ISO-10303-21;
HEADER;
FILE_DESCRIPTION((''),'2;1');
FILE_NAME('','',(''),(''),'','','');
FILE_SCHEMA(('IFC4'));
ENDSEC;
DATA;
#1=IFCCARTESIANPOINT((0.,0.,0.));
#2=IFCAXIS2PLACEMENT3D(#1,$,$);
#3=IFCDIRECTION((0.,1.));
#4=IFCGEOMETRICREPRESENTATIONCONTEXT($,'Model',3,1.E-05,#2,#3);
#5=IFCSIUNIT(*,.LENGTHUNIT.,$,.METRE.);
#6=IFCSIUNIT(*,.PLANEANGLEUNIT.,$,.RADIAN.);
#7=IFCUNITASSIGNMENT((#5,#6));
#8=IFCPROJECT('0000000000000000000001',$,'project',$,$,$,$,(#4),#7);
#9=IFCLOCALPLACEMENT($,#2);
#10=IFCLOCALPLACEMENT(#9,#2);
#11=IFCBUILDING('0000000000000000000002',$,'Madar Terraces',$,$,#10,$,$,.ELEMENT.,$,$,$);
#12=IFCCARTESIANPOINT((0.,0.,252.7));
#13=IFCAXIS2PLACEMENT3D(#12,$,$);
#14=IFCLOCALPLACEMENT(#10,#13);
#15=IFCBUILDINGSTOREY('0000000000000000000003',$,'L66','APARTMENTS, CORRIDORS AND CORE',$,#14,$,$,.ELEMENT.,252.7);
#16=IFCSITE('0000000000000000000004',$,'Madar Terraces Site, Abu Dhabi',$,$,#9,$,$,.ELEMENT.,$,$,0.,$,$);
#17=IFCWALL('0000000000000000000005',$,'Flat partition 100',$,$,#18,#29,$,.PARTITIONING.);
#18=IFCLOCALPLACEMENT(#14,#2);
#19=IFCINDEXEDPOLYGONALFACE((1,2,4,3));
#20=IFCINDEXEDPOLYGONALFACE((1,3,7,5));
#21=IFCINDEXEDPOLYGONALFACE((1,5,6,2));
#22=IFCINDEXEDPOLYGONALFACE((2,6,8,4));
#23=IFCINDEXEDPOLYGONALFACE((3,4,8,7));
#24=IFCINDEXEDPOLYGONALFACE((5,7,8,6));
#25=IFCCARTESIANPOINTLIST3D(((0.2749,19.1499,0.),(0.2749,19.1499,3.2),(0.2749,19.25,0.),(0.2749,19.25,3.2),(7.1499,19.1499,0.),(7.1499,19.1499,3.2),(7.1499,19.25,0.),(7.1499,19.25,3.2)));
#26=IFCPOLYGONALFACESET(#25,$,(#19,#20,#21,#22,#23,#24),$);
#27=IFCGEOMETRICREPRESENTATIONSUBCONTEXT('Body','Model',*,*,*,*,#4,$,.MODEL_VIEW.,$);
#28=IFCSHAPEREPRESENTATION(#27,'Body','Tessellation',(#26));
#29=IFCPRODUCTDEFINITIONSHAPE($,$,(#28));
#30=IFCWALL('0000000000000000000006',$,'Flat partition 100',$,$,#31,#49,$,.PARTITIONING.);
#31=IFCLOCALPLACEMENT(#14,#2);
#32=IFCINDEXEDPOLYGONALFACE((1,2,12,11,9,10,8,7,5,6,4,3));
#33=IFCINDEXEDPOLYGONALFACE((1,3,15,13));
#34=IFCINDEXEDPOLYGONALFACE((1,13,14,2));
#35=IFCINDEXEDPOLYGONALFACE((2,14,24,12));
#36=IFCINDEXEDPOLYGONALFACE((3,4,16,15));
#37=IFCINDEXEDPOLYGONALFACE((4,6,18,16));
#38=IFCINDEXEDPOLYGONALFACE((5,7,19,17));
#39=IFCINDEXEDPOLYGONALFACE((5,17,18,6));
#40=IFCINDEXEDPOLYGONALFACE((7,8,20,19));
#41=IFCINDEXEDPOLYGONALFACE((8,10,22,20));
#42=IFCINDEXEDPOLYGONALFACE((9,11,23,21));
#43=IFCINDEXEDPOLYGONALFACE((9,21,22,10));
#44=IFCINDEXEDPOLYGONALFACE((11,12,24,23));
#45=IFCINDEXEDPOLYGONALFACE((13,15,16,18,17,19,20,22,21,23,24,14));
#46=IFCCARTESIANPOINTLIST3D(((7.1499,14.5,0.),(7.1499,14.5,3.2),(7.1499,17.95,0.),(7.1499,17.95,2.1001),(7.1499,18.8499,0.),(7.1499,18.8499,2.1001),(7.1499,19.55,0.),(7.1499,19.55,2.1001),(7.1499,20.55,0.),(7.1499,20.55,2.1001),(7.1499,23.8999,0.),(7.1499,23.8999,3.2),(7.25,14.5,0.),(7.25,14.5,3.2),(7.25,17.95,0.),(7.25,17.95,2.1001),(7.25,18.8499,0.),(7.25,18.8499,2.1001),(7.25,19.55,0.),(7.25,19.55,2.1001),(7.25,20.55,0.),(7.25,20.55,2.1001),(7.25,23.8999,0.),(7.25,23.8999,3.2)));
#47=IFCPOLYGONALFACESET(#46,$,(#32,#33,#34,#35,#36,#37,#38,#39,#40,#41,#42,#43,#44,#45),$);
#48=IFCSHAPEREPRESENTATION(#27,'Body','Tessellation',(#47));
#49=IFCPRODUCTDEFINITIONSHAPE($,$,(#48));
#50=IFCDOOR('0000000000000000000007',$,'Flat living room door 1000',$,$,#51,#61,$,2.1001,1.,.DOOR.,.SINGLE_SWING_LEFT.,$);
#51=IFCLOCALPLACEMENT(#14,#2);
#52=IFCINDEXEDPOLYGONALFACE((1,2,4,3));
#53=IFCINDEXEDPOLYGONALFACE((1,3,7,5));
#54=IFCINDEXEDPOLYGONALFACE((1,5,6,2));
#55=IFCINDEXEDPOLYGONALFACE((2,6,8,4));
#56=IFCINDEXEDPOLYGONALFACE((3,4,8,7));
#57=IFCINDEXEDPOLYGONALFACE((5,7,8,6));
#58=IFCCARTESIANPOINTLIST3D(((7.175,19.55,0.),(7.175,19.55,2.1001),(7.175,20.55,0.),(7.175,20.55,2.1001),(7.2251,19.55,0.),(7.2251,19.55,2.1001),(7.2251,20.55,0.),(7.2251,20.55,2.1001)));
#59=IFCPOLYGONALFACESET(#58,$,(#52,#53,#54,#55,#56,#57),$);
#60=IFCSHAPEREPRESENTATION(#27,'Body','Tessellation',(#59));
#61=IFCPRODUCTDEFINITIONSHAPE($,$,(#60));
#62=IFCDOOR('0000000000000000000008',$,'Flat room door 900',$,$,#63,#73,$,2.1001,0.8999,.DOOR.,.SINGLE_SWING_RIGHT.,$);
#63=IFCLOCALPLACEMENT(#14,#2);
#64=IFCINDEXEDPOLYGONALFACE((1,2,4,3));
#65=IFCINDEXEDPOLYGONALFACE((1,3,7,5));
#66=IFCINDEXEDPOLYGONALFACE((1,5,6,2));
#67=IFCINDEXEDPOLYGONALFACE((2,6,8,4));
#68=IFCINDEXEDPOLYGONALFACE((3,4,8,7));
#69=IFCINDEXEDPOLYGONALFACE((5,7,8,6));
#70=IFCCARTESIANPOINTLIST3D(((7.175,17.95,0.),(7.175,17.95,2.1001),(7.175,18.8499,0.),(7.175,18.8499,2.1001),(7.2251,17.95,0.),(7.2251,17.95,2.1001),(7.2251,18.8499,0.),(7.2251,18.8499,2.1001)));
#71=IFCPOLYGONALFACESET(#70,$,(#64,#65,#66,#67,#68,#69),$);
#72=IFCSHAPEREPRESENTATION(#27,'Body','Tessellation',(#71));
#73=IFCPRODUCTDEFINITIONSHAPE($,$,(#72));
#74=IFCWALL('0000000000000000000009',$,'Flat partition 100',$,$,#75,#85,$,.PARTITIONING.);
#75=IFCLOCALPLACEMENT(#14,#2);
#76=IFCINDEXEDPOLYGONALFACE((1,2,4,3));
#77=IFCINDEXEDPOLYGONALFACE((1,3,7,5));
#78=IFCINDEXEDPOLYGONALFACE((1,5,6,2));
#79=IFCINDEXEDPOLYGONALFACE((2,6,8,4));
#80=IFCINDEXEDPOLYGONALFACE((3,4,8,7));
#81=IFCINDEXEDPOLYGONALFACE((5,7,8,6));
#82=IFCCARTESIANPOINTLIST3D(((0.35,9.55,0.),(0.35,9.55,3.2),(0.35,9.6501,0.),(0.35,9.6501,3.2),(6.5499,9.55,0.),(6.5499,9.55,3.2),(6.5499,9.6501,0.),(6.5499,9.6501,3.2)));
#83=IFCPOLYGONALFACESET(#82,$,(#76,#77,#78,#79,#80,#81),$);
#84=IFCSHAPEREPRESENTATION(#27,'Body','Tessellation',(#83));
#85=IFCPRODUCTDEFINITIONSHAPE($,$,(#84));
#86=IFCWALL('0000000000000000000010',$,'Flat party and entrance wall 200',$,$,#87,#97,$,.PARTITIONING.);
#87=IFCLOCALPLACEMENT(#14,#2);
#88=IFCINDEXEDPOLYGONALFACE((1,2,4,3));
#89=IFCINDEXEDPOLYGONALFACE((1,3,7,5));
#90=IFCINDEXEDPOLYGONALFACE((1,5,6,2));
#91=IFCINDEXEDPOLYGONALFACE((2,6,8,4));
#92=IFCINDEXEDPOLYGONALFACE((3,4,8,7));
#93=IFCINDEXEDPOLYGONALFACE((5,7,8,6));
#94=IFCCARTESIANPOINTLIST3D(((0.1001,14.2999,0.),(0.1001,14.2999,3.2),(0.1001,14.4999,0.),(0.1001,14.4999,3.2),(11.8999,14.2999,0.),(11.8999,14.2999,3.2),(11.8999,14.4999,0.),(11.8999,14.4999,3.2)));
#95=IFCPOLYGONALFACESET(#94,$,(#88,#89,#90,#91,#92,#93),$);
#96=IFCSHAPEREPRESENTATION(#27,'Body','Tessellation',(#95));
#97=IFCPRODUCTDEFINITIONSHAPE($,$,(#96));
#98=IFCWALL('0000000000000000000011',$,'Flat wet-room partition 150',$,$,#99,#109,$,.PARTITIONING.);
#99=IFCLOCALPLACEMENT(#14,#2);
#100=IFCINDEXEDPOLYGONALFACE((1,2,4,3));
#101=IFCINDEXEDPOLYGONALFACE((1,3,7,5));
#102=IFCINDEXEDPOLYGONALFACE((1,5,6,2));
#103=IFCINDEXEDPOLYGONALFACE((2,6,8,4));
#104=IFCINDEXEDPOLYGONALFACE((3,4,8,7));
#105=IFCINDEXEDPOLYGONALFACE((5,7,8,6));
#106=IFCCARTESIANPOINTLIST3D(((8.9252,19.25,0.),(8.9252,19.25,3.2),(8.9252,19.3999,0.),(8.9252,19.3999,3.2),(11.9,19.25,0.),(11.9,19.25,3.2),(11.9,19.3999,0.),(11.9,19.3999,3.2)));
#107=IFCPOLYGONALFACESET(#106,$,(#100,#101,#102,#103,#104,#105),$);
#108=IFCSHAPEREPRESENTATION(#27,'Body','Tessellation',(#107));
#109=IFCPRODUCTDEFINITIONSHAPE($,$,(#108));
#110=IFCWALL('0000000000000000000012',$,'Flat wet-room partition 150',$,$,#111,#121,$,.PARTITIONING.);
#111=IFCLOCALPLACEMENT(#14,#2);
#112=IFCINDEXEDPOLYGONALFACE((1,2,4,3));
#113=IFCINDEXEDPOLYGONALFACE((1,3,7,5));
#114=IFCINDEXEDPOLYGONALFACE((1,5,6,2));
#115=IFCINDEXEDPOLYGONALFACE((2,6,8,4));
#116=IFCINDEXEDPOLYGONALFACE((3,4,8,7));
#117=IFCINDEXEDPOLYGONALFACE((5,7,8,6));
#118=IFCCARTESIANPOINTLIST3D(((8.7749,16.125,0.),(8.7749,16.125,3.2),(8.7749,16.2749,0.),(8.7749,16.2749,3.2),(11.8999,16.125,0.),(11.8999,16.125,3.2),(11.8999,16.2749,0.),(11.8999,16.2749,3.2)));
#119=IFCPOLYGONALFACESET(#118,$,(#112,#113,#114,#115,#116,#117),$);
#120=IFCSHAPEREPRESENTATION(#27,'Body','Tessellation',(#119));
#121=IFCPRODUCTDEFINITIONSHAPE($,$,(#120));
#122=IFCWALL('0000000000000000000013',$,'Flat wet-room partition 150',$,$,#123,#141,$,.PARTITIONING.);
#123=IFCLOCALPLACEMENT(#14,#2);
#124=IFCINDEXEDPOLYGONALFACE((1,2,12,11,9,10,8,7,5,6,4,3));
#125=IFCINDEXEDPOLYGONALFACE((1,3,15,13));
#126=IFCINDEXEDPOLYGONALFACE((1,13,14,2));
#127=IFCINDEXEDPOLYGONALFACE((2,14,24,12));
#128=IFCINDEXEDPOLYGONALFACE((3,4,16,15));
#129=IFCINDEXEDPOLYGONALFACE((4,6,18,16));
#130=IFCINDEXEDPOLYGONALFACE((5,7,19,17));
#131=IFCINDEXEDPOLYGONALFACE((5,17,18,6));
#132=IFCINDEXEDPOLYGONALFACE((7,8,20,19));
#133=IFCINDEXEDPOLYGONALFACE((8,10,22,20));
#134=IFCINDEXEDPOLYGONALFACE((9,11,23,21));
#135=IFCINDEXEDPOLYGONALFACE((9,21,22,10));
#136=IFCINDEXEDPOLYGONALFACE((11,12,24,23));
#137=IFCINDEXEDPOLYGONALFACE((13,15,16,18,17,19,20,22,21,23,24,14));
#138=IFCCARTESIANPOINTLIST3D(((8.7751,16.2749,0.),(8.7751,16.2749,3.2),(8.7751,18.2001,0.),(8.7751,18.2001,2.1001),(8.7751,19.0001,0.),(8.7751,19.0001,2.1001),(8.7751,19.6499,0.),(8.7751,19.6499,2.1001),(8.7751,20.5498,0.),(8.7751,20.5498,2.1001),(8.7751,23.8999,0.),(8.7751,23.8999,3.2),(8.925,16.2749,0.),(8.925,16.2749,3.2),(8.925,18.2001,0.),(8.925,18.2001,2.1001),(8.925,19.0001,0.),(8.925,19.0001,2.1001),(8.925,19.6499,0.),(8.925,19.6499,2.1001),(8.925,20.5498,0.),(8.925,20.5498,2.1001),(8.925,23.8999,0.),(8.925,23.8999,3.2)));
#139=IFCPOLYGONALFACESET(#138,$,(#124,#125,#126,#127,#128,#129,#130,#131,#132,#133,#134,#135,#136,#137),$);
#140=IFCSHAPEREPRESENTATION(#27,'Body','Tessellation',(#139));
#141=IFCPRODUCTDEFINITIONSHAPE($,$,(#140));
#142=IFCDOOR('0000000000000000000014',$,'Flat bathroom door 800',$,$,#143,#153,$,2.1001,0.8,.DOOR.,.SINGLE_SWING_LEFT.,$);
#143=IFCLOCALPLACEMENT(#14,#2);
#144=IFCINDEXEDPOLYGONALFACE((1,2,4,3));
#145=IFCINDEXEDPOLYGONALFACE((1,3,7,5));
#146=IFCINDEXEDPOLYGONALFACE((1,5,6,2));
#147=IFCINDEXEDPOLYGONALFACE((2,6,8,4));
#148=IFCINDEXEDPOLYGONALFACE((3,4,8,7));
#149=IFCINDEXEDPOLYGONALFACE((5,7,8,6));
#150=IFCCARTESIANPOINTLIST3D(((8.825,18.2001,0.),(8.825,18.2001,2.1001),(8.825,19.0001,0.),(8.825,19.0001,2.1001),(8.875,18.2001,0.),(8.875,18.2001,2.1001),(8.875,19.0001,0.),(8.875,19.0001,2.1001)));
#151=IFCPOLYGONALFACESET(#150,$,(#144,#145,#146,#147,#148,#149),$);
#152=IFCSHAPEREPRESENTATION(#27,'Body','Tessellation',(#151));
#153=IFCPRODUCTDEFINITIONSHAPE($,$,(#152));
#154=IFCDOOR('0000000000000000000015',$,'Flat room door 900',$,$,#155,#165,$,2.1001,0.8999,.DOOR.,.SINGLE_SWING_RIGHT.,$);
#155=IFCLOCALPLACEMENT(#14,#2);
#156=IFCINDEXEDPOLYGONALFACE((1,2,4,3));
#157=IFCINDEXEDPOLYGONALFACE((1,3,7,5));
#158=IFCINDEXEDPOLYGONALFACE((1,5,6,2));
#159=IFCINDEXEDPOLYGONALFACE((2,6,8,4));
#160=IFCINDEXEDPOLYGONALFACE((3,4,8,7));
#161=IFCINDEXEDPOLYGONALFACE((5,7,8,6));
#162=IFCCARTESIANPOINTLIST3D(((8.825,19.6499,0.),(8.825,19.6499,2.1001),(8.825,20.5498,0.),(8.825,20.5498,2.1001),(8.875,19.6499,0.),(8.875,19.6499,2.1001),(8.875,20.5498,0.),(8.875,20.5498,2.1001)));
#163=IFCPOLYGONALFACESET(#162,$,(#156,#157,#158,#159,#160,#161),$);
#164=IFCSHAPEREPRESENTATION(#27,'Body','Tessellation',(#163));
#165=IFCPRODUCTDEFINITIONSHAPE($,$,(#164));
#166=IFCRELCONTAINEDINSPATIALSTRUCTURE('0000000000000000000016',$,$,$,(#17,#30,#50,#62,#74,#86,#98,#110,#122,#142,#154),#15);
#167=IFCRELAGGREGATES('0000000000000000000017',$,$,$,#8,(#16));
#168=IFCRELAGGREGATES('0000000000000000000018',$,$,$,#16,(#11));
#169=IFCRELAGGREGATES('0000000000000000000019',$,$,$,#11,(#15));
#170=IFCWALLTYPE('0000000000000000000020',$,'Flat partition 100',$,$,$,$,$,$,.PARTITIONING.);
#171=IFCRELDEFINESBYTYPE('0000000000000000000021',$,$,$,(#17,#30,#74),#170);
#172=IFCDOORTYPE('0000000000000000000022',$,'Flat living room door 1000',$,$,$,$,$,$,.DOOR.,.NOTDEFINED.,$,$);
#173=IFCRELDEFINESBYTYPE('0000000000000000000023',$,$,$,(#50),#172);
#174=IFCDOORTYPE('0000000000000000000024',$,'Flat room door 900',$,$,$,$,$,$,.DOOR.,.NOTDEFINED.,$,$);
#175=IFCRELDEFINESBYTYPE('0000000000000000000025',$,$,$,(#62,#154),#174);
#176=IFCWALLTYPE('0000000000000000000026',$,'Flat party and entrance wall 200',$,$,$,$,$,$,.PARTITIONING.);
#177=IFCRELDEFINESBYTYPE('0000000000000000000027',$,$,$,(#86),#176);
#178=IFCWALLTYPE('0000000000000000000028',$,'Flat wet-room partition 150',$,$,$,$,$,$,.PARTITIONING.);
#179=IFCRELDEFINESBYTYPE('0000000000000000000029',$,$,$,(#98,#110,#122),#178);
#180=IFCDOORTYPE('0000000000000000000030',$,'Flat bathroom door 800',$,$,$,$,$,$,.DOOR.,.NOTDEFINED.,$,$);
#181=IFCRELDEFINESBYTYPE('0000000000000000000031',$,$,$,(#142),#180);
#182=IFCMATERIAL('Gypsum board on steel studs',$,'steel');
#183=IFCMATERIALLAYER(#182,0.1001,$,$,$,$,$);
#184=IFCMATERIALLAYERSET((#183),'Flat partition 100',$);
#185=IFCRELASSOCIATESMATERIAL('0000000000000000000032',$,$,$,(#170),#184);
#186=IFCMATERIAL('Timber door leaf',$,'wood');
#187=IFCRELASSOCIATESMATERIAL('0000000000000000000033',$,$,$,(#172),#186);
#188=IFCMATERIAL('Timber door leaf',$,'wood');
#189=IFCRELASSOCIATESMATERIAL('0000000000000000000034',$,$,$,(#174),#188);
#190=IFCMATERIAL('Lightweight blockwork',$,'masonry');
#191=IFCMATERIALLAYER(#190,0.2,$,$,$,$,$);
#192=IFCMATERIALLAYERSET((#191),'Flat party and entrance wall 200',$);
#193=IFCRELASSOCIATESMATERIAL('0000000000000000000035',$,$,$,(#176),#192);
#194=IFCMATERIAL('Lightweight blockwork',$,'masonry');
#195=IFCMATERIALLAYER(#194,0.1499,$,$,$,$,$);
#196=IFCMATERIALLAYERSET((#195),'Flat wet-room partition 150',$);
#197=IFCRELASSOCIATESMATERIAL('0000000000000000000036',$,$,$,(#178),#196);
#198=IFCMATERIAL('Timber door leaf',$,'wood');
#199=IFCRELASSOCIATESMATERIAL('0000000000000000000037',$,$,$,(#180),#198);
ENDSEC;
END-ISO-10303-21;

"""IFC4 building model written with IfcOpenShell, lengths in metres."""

from ifc_helpers import new_model, si_unit, direction, frame, frame_2d, origin, place, context, subcontext, project, spatial, rectangle, extrude, material, layer, layer_set, type_object, element, fill, save


model = new_model("IFC4")

# Units and contexts
model_context = context("Model", 3, precision=1e-05, world=origin(), true_north=direction((0.0, 1.0)))
body_context = subcontext(model_context, "Body", "Model", "MODEL_VIEW")
ifc_project = project(units=[si_unit("LENGTHUNIT", "METRE"), si_unit("PLANEANGLEUNIT", "RADIAN")], contexts=[model_context])

# Site, building, storey
site_placement = place(None, origin())
site = spatial("IfcSite", under=ifc_project, at=site_placement, Name="Madar Terraces Site, Abu Dhabi", CompositionType="ELEMENT", RefElevation=0.0)
building_placement = place(site_placement, origin())
building = spatial("IfcBuilding", under=site, at=building_placement, Name="Madar Terraces", CompositionType="ELEMENT")
storey_placement = place(building_placement, frame((0.0, 0.0, 252.7)))
storey = spatial("IfcBuildingStorey", under=building, at=storey_placement, Name="L66", Description="APARTMENTS, CORRIDORS AND CORE", CompositionType="ELEMENT", Elevation=252.7)

# Wall
ifc_material_1 = material(Name="Gypsum board on steel studs", Category="steel")
ifc_layer_1 = layer(ifc_material_1, 0.1001)
ifc_layer_set_1 = layer_set([ifc_layer_1], Name="Flat partition 100")
wall_type_1 = type_object("IfcWallType", Name="Flat partition 100", PredefinedType="PARTITIONING", material=ifc_layer_set_1)
wall_1_placement = place(storey_placement, frame((7.1499, 19.2, 0.0), z_axis=(0.0, 0.0, 1.0), x_axis=(-1.0, 0.0, 0.0)))
element("IfcWall", 1, at=wall_1_placement, inside=storey, type_object=wall_type_1, Name="Flat partition 100", PredefinedType="PARTITIONING", context=body_context, shape_type="SweptSolid", body=[
    extrude(rectangle(XDim=6.875, YDim=0.1001, at=frame_2d((3.4375, 0.0))), origin(), (0.0, 0.0, 1.0), 3.2),
])

# Wall, openings, doors
wall_2_placement = place(storey_placement, frame((7.2, 14.5, 0.0), z_axis=(0.0, 0.0, 1.0), x_axis=(0.0, 1.0, 0.0)))
wall_2 = element("IfcWall", 2, at=wall_2_placement, inside=storey, type_object=wall_type_1, Name="Flat partition 100", PredefinedType="PARTITIONING", context=body_context, shape_type="SweptSolid", body=[
    extrude(rectangle(XDim=9.3999, YDim=0.1001, at=frame_2d((4.7, 0.0))), origin(), (0.0, 0.0, 1.0), 3.2),
])
opening_1_placement = place(wall_2_placement, frame((3.45, 0.0, 0.0)))
opening_1 = element("IfcOpeningElement", 3, at=opening_1_placement, cuts=wall_2, PredefinedType="OPENING", context=body_context, shape_type="SweptSolid", body=[
    extrude(rectangle(XDim=0.8999, YDim=2.1001, at=frame_2d((0.45, 1.05))), frame((0.0, 0.0601, 0.0), z_axis=(0.0, -1.0, 0.0), x_axis=(1.0, 0.0, 0.0)), (0.0, 0.0, 1.0), 0.1201),
])
opening_2_placement = place(wall_2_placement, frame((5.05, 0.0, 0.0)))
opening_2 = element("IfcOpeningElement", 4, at=opening_2_placement, cuts=wall_2, PredefinedType="OPENING", context=body_context, shape_type="SweptSolid", body=[
    extrude(rectangle(XDim=1.0, YDim=2.1001, at=frame_2d((0.5, 1.05))), frame((0.0, 0.0601, 0.0), z_axis=(0.0, -1.0, 0.0), x_axis=(1.0, 0.0, 0.0)), (0.0, 0.0, 1.0), 0.1201),
])
ifc_material_2 = material(Name="Timber door leaf", Category="wood")
door_type_1 = type_object("IfcDoorType", Name="Flat living room door 1000", OperationType="NOTDEFINED", PredefinedType="DOOR", material=ifc_material_2)
door_1_placement = place(opening_2_placement, origin())
door_1 = element("IfcDoor", 5, at=door_1_placement, inside=storey, type_object=door_type_1, Name="Flat living room door 1000", OperationType="SINGLE_SWING_LEFT", OverallHeight=2.1001, OverallWidth=1.0, PredefinedType="DOOR", context=body_context, shape_type="SweptSolid", body=[
    extrude(rectangle(XDim=1.0, YDim=2.1001, at=frame_2d((0.5, 1.05))), frame((0.0, 0.0249, 0.0), z_axis=(0.0, -1.0, 0.0), x_axis=(1.0, 0.0, 0.0)), (0.0, 0.0, 1.0), 0.05),
])
fill(opening_2, door_1)
ifc_material_3 = material(Name="Timber door leaf", Category="wood")
door_type_2 = type_object("IfcDoorType", Name="Flat room door 900", OperationType="NOTDEFINED", PredefinedType="DOOR", material=ifc_material_3)
door_2_placement = place(opening_1_placement, origin())
door_2 = element("IfcDoor", 6, at=door_2_placement, inside=storey, type_object=door_type_2, Name="Flat room door 900", OperationType="SINGLE_SWING_RIGHT", OverallHeight=2.1001, OverallWidth=0.8999, PredefinedType="DOOR", context=body_context, shape_type="SweptSolid", body=[
    extrude(rectangle(XDim=0.8999, YDim=2.1001, at=frame_2d((0.45, 1.05))), frame((0.0, 0.0249, 0.0), z_axis=(0.0, -1.0, 0.0), x_axis=(1.0, 0.0, 0.0)), (0.0, 0.0, 1.0), 0.05),
])
fill(opening_1, door_2)

# Walls
wall_3_placement = place(storey_placement, frame((6.55, 9.6001, 0.0), z_axis=(0.0, 0.0, 1.0), x_axis=(-1.0, 0.0, 0.0)))
element("IfcWall", 7, at=wall_3_placement, inside=storey, type_object=wall_type_1, Name="Flat partition 100", PredefinedType="PARTITIONING", context=body_context, shape_type="SweptSolid", body=[
    extrude(rectangle(XDim=6.2, YDim=0.1001, at=frame_2d((3.1001, 0.0))), origin(), (0.0, 0.0, 1.0), 3.2),
])
ifc_material_4 = material(Name="Lightweight blockwork", Category="masonry")
ifc_layer_2 = layer(ifc_material_4, 0.2)
ifc_layer_set_2 = layer_set([ifc_layer_2], Name="Flat party and entrance wall 200")
wall_type_2 = type_object("IfcWallType", Name="Flat party and entrance wall 200", PredefinedType="PARTITIONING", material=ifc_layer_set_2)
wall_4_placement = place(storey_placement, frame((0.1001, 14.3999, 0.0), z_axis=(0.0, 0.0, 1.0), x_axis=(1.0, 0.0, 0.0)))
element("IfcWall", 8, at=wall_4_placement, inside=storey, type_object=wall_type_2, Name="Flat party and entrance wall 200", PredefinedType="PARTITIONING", context=body_context, shape_type="SweptSolid", body=[
    extrude(rectangle(XDim=11.7998, YDim=0.2, at=frame_2d((5.8999, 0.0))), origin(), (0.0, 0.0, 1.0), 3.2),
])
ifc_material_5 = material(Name="Lightweight blockwork", Category="masonry")
ifc_layer_3 = layer(ifc_material_5, 0.1499)
ifc_layer_set_3 = layer_set([ifc_layer_3], Name="Flat wet-room partition 150")
wall_type_3 = type_object("IfcWallType", Name="Flat wet-room partition 150", PredefinedType="PARTITIONING", material=ifc_layer_set_3)
wall_5_placement = place(storey_placement, frame((11.8999, 19.325, 0.0), z_axis=(0.0, 0.0, 1.0), x_axis=(-1.0, 0.0, 0.0)))
element("IfcWall", 9, at=wall_5_placement, inside=storey, type_object=wall_type_3, Name="Flat wet-room partition 150", PredefinedType="PARTITIONING", context=body_context, shape_type="SweptSolid", body=[
    extrude(rectangle(XDim=2.9749, YDim=0.1499, at=frame_2d((1.4873, 0.0))), origin(), (0.0, 0.0, 1.0), 3.2),
])
wall_6_placement = place(storey_placement, frame((11.8999, 16.2, 0.0), z_axis=(0.0, 0.0, 1.0), x_axis=(-1.0, 0.0, 0.0)))
element("IfcWall", 10, at=wall_6_placement, inside=storey, type_object=wall_type_3, Name="Flat wet-room partition 150", PredefinedType="PARTITIONING", context=body_context, shape_type="SweptSolid", body=[
    extrude(rectangle(XDim=3.125, YDim=0.1499, at=frame_2d((1.5625, 0.0))), origin(), (0.0, 0.0, 1.0), 3.2),
])

# Wall, openings, doors
wall_7_placement = place(storey_placement, frame((8.8501, 23.8999, 0.0), z_axis=(0.0, 0.0, 1.0), x_axis=(0.0, -1.0, 0.0)))
wall_7 = element("IfcWall", 11, at=wall_7_placement, inside=storey, type_object=wall_type_3, Name="Flat wet-room partition 150", PredefinedType="PARTITIONING", context=body_context, shape_type="SweptSolid", body=[
    extrude(rectangle(XDim=7.625, YDim=0.1499, at=frame_2d((3.8125, 0.0))), origin(), (0.0, 0.0, 1.0), 3.2),
])
opening_3_placement = place(wall_7_placement, frame((4.8999, 0.0, 0.0)))
opening_3 = element("IfcOpeningElement", 12, at=opening_3_placement, cuts=wall_7, PredefinedType="OPENING", context=body_context, shape_type="SweptSolid", body=[
    extrude(rectangle(XDim=0.8, YDim=2.1001, at=frame_2d((0.3999, 1.05))), frame((0.0, 0.085, 0.0), z_axis=(0.0, -1.0, 0.0), x_axis=(1.0, 0.0, 0.0)), (0.0, 0.0, 1.0), 0.1699),
])
opening_4_placement = place(wall_7_placement, frame((3.3501, 0.0, 0.0)))
opening_4 = element("IfcOpeningElement", 13, at=opening_4_placement, cuts=wall_7, PredefinedType="OPENING", context=body_context, shape_type="SweptSolid", body=[
    extrude(rectangle(XDim=0.8999, YDim=2.1001, at=frame_2d((0.45, 1.05))), frame((0.0, 0.085, 0.0), z_axis=(0.0, -1.0, 0.0), x_axis=(1.0, 0.0, 0.0)), (0.0, 0.0, 1.0), 0.1699),
])
ifc_material_6 = material(Name="Timber door leaf", Category="wood")
door_type_3 = type_object("IfcDoorType", Name="Flat bathroom door 800", OperationType="NOTDEFINED", PredefinedType="DOOR", material=ifc_material_6)
door_3_placement = place(opening_3_placement, origin())
door_3 = element("IfcDoor", 14, at=door_3_placement, inside=storey, type_object=door_type_3, Name="Flat bathroom door 800", OperationType="SINGLE_SWING_LEFT", OverallHeight=2.1001, OverallWidth=0.8, PredefinedType="DOOR", context=body_context, shape_type="SweptSolid", body=[
    extrude(rectangle(XDim=0.8, YDim=2.1001, at=frame_2d((0.3999, 1.05))), frame((0.0, 0.0249, 0.0), z_axis=(0.0, -1.0, 0.0), x_axis=(1.0, 0.0, 0.0)), (0.0, 0.0, 1.0), 0.05),
])
fill(opening_3, door_3)
door_4_placement = place(opening_4_placement, origin())
door_4 = element("IfcDoor", 15, at=door_4_placement, inside=storey, type_object=door_type_2, Name="Flat room door 900", OperationType="SINGLE_SWING_RIGHT", OverallHeight=2.1001, OverallWidth=0.8999, PredefinedType="DOOR", context=body_context, shape_type="SweptSolid", body=[
    extrude(rectangle(XDim=0.8999, YDim=2.1001, at=frame_2d((0.45, 1.05))), frame((0.0, 0.0249, 0.0), z_axis=(0.0, -1.0, 0.0), x_axis=(1.0, 0.0, 0.0)), (0.0, 0.0, 1.0), 0.05),
])
fill(opening_4, door_4)

save(model, "model.ifc")
